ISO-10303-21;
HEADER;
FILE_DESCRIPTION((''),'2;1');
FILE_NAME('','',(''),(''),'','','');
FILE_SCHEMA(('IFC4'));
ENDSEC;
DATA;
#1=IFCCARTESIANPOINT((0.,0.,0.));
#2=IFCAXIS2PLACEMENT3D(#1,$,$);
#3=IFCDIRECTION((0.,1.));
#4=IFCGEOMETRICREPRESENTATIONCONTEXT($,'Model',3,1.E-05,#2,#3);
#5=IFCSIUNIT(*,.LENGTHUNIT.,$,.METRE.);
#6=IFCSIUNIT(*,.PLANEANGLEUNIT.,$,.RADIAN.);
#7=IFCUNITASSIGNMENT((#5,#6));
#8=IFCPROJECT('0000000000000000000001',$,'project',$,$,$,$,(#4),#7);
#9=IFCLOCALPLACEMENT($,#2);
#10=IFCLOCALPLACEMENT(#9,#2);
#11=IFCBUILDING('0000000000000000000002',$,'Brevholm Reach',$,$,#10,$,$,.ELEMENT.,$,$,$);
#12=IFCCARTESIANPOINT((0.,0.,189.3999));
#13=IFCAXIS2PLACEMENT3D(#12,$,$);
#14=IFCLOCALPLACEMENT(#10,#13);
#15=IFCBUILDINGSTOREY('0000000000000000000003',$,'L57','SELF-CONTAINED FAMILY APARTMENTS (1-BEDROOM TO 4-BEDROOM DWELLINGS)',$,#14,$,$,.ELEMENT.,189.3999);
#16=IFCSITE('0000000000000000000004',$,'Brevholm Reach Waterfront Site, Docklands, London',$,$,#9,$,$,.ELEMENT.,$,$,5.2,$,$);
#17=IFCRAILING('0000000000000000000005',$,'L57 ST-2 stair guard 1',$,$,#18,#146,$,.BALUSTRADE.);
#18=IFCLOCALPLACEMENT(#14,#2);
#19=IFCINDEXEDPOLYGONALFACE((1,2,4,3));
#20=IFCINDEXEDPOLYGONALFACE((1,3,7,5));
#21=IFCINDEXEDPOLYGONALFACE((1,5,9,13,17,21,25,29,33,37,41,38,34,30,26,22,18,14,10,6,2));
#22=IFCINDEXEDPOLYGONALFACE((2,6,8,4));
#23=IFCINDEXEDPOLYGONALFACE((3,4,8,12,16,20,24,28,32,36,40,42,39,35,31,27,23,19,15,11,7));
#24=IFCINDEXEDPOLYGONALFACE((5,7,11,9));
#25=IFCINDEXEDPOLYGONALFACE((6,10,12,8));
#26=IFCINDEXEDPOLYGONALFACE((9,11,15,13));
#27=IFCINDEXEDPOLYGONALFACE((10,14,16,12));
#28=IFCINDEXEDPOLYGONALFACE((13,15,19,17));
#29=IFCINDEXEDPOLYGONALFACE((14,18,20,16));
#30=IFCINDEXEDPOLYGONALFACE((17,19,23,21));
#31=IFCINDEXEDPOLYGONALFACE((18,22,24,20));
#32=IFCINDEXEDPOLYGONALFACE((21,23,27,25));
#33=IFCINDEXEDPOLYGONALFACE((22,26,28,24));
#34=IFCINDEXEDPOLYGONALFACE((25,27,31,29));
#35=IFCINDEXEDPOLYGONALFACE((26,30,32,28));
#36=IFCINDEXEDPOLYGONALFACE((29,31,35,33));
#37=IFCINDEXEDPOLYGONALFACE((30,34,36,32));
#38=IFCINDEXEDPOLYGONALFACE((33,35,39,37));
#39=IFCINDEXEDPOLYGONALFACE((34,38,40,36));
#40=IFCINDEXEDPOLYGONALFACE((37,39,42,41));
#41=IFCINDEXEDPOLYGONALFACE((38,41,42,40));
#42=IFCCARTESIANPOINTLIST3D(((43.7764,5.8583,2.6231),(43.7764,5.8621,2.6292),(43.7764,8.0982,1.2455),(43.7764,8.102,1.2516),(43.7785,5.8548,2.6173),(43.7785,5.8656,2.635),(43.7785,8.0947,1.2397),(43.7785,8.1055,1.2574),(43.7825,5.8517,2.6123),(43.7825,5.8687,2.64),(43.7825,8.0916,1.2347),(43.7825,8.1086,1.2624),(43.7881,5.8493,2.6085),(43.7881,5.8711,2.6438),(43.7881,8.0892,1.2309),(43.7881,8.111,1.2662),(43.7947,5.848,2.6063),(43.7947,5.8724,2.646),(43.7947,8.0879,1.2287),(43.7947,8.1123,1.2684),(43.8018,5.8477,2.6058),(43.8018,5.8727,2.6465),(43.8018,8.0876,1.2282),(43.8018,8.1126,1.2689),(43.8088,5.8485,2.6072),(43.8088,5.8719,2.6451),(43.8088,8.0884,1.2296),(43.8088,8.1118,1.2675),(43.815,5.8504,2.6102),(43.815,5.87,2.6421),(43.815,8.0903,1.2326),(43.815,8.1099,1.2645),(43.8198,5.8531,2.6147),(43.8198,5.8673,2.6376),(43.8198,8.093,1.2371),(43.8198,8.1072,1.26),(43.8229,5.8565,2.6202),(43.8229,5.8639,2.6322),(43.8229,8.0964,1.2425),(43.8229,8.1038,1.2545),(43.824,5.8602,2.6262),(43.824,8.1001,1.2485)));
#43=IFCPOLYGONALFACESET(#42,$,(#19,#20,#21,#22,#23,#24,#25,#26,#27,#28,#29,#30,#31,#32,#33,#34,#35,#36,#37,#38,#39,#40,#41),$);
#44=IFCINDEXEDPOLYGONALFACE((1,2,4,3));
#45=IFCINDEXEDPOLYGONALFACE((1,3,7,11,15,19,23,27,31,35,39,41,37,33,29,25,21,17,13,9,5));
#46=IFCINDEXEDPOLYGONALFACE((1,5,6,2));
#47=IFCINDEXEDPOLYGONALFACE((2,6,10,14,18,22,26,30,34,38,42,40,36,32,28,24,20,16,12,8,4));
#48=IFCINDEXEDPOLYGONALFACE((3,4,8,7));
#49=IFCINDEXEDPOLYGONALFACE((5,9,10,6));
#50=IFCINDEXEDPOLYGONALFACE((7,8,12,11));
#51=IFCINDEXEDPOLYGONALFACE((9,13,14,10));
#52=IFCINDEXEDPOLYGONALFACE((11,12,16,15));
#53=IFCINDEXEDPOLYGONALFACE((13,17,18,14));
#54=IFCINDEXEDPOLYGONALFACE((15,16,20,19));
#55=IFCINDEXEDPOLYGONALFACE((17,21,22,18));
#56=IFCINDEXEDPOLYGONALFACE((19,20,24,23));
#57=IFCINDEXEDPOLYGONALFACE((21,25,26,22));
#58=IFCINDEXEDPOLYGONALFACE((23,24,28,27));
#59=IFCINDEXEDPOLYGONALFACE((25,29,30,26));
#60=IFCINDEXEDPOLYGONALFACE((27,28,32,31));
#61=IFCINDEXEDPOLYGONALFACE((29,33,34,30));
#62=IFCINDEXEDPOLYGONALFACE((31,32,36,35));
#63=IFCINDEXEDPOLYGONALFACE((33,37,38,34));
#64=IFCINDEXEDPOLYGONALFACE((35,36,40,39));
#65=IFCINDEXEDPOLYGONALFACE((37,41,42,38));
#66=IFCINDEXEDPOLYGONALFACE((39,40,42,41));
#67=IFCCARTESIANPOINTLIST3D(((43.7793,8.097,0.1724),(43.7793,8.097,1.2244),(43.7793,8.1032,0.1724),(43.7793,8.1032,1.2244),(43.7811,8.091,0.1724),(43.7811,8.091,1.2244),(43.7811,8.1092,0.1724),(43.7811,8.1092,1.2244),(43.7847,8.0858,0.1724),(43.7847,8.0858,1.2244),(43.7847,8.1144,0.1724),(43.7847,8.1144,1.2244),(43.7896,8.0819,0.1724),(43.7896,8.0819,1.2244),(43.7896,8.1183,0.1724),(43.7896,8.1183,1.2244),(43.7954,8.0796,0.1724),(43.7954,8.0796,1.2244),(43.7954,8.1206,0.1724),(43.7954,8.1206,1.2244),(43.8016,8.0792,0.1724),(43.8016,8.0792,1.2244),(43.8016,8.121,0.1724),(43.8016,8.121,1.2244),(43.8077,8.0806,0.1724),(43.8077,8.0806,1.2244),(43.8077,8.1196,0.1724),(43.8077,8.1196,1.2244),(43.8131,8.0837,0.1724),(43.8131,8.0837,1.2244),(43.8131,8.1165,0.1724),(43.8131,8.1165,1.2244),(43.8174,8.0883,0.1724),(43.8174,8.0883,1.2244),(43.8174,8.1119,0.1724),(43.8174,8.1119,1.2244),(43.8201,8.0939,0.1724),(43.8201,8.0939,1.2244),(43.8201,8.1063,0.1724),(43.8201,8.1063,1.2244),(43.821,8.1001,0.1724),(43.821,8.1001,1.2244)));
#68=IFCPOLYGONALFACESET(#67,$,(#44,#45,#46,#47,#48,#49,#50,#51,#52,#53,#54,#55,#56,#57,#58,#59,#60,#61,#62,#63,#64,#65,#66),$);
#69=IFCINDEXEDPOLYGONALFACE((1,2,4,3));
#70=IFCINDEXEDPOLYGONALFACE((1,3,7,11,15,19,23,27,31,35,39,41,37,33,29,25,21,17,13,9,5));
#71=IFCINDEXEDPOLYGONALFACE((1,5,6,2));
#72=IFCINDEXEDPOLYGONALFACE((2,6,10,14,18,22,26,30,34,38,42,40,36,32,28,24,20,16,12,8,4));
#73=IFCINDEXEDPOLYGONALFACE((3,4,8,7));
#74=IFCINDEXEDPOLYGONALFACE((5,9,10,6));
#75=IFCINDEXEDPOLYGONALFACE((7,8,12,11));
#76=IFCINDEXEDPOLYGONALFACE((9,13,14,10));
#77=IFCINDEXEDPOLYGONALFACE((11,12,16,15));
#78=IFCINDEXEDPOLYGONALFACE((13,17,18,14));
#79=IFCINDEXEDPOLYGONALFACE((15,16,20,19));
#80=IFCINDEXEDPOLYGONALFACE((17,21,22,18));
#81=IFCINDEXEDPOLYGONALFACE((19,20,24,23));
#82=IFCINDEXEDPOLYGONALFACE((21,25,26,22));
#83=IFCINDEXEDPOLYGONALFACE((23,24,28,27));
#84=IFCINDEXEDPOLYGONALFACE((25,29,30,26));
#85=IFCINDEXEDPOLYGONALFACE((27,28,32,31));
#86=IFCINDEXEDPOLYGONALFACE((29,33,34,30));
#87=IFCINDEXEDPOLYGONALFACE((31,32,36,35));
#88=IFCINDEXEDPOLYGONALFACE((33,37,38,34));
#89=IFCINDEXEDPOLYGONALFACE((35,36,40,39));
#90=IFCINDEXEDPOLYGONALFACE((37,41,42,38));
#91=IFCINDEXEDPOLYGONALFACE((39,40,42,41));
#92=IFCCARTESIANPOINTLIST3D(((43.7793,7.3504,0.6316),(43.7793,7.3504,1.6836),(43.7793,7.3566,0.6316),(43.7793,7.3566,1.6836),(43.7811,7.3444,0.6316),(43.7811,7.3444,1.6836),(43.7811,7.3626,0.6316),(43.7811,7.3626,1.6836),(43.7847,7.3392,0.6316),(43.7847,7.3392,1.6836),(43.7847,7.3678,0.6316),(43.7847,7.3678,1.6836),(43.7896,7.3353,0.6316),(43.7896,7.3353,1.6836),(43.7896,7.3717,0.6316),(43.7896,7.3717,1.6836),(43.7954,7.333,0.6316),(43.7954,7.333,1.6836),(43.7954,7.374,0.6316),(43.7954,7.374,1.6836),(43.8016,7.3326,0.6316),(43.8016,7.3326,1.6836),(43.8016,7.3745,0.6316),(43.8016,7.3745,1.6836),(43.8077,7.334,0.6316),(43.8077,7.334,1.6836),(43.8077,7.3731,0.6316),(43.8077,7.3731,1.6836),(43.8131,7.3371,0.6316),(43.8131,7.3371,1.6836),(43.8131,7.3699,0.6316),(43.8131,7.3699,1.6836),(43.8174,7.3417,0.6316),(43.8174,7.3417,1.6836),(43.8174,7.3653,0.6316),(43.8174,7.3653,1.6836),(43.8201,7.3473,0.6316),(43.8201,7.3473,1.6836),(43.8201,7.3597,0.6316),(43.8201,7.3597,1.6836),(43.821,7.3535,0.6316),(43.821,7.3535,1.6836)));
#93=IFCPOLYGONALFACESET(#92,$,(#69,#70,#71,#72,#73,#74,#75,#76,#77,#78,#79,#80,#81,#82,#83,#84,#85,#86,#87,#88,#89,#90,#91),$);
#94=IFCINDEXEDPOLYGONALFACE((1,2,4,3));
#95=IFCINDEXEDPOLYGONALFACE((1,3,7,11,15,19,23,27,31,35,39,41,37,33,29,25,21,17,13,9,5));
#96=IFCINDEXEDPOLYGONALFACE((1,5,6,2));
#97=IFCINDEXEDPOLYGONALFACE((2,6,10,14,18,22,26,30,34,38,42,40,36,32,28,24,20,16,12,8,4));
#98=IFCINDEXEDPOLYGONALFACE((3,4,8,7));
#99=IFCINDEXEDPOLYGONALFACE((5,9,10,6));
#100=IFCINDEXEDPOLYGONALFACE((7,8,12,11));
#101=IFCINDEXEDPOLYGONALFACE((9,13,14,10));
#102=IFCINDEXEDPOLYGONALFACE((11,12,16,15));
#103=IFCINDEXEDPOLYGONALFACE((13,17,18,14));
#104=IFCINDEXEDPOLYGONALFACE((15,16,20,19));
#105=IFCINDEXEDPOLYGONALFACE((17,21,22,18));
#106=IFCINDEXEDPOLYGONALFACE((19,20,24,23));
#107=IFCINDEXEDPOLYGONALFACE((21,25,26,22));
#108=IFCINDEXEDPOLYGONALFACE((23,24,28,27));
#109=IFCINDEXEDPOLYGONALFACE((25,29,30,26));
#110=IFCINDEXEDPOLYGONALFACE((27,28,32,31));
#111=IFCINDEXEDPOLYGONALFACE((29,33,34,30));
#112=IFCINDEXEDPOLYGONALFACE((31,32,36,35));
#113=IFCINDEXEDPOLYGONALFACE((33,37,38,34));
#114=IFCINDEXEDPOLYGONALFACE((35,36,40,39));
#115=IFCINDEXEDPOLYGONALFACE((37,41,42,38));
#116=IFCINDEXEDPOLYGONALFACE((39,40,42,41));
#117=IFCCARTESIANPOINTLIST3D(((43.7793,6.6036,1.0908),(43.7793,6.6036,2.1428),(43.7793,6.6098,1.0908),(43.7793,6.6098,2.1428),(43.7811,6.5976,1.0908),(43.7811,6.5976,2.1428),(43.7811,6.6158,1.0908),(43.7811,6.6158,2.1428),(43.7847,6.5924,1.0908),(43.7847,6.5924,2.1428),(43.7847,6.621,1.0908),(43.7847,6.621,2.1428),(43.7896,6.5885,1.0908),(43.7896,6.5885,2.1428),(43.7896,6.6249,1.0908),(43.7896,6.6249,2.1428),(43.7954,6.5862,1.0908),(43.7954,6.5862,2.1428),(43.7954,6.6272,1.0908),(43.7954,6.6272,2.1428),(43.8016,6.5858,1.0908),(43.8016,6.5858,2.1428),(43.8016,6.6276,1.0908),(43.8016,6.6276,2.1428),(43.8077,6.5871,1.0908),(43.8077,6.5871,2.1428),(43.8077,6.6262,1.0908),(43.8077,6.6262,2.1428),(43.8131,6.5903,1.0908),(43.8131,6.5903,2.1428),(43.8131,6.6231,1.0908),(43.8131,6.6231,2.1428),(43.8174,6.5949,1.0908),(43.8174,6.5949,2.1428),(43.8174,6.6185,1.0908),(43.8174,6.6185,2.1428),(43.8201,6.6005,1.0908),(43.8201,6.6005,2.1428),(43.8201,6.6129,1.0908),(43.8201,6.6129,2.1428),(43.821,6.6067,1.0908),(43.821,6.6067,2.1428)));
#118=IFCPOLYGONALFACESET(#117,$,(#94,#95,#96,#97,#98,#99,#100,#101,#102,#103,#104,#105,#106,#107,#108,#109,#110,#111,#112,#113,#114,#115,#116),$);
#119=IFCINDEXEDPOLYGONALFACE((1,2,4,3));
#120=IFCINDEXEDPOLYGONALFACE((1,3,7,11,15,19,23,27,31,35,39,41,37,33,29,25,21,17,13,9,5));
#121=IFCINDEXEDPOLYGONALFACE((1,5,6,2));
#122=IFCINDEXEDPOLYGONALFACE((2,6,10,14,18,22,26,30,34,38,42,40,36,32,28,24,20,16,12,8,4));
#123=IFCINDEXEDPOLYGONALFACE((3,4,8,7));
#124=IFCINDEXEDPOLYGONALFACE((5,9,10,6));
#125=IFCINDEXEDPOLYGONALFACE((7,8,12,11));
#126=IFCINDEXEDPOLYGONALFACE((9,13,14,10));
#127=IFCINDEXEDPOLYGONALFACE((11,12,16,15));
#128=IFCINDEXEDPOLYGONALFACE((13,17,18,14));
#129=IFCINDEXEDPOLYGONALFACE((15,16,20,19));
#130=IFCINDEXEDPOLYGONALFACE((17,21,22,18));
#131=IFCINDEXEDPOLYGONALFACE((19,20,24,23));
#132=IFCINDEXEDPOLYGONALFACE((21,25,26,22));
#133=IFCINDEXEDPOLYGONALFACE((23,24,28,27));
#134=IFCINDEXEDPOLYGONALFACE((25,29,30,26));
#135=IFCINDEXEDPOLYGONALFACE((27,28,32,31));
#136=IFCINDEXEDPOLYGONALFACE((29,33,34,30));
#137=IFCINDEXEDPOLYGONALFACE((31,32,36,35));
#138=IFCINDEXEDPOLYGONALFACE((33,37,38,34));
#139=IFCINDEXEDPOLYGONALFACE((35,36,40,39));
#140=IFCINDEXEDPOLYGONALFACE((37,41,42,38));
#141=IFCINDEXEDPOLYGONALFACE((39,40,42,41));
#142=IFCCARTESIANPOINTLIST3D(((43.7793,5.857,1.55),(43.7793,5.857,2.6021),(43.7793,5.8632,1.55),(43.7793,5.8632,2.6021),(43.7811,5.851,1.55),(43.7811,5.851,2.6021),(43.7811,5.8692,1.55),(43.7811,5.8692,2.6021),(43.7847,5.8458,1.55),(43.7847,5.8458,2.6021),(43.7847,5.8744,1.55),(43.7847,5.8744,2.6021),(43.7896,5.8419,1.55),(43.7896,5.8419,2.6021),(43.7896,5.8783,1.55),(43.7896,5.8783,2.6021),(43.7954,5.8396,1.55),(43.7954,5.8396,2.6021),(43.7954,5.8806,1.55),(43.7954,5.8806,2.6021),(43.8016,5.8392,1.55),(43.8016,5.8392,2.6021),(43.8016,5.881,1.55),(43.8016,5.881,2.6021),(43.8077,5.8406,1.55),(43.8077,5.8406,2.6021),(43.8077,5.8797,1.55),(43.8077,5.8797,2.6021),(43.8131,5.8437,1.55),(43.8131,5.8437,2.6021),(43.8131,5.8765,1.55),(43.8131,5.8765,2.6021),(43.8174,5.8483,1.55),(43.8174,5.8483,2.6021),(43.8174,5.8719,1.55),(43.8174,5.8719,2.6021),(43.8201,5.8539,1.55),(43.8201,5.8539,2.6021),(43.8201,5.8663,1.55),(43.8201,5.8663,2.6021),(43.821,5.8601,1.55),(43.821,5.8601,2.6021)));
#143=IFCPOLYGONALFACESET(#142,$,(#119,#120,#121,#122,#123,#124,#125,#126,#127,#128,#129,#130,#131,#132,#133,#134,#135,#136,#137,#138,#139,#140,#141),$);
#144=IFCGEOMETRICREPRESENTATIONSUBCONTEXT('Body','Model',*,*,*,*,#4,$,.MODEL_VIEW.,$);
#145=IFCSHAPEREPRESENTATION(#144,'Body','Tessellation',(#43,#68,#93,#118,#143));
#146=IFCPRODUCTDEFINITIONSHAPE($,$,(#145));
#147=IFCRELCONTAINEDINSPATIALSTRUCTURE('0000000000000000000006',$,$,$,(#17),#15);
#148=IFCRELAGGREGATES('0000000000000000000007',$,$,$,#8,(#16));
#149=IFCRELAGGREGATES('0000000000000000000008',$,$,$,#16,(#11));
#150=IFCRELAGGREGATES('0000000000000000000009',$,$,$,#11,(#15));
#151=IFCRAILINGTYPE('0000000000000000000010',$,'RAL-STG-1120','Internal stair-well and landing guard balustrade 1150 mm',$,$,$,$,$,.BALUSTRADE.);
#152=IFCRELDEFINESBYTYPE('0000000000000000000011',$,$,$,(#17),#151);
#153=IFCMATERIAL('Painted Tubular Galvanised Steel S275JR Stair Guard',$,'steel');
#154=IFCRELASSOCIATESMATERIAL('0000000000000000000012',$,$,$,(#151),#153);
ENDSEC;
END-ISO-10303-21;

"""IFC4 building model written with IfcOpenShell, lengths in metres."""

from ifc_helpers import new_model, si_unit, direction, frame, origin, origin_2d, place, context, subcontext, project, spatial, circle, extrude, material, type_object, element, save


model = new_model("IFC4")

# Units and contexts
model_context = context("Model", 3, precision=1e-05, world=origin(), true_north=direction((0.0, 1.0)))
body_context = subcontext(model_context, "Body", "Model", "MODEL_VIEW")
ifc_project = project(units=[si_unit("LENGTHUNIT", "METRE"), si_unit("PLANEANGLEUNIT", "RADIAN")], contexts=[model_context])

# Site, building, storey
site_placement = place(None, origin())
site = spatial("IfcSite", under=ifc_project, at=site_placement, Name="Brevholm Reach Waterfront Site, Docklands, London", CompositionType="ELEMENT", RefElevation=5.2)
building_placement = place(site_placement, origin())
building = spatial("IfcBuilding", under=site, at=building_placement, Name="Brevholm Reach", CompositionType="ELEMENT")
storey_placement = place(building_placement, frame((0.0, 0.0, 189.3999)))
storey = spatial("IfcBuildingStorey", under=building, at=storey_placement, Name="L57", Description="SELF-CONTAINED FAMILY APARTMENTS (1-BEDROOM TO 4-BEDROOM DWELLINGS)", CompositionType="ELEMENT", Elevation=189.3999)

# Railing
ifc_material_1 = material(Name="Painted Tubular Galvanised Steel S275JR Stair Guard", Category="steel")
railing_type_1 = type_object("IfcRailingType", Name="RAL-STG-1120", Description="Internal stair-well and landing guard balustrade 1150 mm", PredefinedType="BALUSTRADE", material=ifc_material_1)
railing_1_placement = place(storey_placement, frame((43.8, 8.1001, 0.1724)))
element("IfcRailing", 1, at=railing_1_placement, inside=storey, type_object=railing_type_1, Name="L57 ST-2 stair guard 1", PredefinedType="BALUSTRADE", context=body_context, shape_type="SweptSolid", body=[
    extrude(circle(Radius=0.0239, at=origin_2d()), frame((0.0, 0.0, 1.0762), z_axis=(0.0, -0.851789, 0.523885), x_axis=(1.0, 0.0, 0.0)), (0.0, 0.0, 1.0), 2.6296),
    extrude(circle(Radius=0.021, at=origin_2d()), origin(), (0.0, 0.0, 1.0), 1.052),
    extrude(circle(Radius=0.021, at=origin_2d()), frame((0.0, -0.7466, 0.4592)), (0.0, 0.0, 1.0), 1.052),
    extrude(circle(Radius=0.021, at=origin_2d()), frame((0.0, -1.4934, 0.9185)), (0.0, 0.0, 1.0), 1.052),
    extrude(circle(Radius=0.021, at=origin_2d()), frame((0.0, -2.24, 1.3777)), (0.0, 0.0, 1.0), 1.052),
])

save(model, "model.ifc")
